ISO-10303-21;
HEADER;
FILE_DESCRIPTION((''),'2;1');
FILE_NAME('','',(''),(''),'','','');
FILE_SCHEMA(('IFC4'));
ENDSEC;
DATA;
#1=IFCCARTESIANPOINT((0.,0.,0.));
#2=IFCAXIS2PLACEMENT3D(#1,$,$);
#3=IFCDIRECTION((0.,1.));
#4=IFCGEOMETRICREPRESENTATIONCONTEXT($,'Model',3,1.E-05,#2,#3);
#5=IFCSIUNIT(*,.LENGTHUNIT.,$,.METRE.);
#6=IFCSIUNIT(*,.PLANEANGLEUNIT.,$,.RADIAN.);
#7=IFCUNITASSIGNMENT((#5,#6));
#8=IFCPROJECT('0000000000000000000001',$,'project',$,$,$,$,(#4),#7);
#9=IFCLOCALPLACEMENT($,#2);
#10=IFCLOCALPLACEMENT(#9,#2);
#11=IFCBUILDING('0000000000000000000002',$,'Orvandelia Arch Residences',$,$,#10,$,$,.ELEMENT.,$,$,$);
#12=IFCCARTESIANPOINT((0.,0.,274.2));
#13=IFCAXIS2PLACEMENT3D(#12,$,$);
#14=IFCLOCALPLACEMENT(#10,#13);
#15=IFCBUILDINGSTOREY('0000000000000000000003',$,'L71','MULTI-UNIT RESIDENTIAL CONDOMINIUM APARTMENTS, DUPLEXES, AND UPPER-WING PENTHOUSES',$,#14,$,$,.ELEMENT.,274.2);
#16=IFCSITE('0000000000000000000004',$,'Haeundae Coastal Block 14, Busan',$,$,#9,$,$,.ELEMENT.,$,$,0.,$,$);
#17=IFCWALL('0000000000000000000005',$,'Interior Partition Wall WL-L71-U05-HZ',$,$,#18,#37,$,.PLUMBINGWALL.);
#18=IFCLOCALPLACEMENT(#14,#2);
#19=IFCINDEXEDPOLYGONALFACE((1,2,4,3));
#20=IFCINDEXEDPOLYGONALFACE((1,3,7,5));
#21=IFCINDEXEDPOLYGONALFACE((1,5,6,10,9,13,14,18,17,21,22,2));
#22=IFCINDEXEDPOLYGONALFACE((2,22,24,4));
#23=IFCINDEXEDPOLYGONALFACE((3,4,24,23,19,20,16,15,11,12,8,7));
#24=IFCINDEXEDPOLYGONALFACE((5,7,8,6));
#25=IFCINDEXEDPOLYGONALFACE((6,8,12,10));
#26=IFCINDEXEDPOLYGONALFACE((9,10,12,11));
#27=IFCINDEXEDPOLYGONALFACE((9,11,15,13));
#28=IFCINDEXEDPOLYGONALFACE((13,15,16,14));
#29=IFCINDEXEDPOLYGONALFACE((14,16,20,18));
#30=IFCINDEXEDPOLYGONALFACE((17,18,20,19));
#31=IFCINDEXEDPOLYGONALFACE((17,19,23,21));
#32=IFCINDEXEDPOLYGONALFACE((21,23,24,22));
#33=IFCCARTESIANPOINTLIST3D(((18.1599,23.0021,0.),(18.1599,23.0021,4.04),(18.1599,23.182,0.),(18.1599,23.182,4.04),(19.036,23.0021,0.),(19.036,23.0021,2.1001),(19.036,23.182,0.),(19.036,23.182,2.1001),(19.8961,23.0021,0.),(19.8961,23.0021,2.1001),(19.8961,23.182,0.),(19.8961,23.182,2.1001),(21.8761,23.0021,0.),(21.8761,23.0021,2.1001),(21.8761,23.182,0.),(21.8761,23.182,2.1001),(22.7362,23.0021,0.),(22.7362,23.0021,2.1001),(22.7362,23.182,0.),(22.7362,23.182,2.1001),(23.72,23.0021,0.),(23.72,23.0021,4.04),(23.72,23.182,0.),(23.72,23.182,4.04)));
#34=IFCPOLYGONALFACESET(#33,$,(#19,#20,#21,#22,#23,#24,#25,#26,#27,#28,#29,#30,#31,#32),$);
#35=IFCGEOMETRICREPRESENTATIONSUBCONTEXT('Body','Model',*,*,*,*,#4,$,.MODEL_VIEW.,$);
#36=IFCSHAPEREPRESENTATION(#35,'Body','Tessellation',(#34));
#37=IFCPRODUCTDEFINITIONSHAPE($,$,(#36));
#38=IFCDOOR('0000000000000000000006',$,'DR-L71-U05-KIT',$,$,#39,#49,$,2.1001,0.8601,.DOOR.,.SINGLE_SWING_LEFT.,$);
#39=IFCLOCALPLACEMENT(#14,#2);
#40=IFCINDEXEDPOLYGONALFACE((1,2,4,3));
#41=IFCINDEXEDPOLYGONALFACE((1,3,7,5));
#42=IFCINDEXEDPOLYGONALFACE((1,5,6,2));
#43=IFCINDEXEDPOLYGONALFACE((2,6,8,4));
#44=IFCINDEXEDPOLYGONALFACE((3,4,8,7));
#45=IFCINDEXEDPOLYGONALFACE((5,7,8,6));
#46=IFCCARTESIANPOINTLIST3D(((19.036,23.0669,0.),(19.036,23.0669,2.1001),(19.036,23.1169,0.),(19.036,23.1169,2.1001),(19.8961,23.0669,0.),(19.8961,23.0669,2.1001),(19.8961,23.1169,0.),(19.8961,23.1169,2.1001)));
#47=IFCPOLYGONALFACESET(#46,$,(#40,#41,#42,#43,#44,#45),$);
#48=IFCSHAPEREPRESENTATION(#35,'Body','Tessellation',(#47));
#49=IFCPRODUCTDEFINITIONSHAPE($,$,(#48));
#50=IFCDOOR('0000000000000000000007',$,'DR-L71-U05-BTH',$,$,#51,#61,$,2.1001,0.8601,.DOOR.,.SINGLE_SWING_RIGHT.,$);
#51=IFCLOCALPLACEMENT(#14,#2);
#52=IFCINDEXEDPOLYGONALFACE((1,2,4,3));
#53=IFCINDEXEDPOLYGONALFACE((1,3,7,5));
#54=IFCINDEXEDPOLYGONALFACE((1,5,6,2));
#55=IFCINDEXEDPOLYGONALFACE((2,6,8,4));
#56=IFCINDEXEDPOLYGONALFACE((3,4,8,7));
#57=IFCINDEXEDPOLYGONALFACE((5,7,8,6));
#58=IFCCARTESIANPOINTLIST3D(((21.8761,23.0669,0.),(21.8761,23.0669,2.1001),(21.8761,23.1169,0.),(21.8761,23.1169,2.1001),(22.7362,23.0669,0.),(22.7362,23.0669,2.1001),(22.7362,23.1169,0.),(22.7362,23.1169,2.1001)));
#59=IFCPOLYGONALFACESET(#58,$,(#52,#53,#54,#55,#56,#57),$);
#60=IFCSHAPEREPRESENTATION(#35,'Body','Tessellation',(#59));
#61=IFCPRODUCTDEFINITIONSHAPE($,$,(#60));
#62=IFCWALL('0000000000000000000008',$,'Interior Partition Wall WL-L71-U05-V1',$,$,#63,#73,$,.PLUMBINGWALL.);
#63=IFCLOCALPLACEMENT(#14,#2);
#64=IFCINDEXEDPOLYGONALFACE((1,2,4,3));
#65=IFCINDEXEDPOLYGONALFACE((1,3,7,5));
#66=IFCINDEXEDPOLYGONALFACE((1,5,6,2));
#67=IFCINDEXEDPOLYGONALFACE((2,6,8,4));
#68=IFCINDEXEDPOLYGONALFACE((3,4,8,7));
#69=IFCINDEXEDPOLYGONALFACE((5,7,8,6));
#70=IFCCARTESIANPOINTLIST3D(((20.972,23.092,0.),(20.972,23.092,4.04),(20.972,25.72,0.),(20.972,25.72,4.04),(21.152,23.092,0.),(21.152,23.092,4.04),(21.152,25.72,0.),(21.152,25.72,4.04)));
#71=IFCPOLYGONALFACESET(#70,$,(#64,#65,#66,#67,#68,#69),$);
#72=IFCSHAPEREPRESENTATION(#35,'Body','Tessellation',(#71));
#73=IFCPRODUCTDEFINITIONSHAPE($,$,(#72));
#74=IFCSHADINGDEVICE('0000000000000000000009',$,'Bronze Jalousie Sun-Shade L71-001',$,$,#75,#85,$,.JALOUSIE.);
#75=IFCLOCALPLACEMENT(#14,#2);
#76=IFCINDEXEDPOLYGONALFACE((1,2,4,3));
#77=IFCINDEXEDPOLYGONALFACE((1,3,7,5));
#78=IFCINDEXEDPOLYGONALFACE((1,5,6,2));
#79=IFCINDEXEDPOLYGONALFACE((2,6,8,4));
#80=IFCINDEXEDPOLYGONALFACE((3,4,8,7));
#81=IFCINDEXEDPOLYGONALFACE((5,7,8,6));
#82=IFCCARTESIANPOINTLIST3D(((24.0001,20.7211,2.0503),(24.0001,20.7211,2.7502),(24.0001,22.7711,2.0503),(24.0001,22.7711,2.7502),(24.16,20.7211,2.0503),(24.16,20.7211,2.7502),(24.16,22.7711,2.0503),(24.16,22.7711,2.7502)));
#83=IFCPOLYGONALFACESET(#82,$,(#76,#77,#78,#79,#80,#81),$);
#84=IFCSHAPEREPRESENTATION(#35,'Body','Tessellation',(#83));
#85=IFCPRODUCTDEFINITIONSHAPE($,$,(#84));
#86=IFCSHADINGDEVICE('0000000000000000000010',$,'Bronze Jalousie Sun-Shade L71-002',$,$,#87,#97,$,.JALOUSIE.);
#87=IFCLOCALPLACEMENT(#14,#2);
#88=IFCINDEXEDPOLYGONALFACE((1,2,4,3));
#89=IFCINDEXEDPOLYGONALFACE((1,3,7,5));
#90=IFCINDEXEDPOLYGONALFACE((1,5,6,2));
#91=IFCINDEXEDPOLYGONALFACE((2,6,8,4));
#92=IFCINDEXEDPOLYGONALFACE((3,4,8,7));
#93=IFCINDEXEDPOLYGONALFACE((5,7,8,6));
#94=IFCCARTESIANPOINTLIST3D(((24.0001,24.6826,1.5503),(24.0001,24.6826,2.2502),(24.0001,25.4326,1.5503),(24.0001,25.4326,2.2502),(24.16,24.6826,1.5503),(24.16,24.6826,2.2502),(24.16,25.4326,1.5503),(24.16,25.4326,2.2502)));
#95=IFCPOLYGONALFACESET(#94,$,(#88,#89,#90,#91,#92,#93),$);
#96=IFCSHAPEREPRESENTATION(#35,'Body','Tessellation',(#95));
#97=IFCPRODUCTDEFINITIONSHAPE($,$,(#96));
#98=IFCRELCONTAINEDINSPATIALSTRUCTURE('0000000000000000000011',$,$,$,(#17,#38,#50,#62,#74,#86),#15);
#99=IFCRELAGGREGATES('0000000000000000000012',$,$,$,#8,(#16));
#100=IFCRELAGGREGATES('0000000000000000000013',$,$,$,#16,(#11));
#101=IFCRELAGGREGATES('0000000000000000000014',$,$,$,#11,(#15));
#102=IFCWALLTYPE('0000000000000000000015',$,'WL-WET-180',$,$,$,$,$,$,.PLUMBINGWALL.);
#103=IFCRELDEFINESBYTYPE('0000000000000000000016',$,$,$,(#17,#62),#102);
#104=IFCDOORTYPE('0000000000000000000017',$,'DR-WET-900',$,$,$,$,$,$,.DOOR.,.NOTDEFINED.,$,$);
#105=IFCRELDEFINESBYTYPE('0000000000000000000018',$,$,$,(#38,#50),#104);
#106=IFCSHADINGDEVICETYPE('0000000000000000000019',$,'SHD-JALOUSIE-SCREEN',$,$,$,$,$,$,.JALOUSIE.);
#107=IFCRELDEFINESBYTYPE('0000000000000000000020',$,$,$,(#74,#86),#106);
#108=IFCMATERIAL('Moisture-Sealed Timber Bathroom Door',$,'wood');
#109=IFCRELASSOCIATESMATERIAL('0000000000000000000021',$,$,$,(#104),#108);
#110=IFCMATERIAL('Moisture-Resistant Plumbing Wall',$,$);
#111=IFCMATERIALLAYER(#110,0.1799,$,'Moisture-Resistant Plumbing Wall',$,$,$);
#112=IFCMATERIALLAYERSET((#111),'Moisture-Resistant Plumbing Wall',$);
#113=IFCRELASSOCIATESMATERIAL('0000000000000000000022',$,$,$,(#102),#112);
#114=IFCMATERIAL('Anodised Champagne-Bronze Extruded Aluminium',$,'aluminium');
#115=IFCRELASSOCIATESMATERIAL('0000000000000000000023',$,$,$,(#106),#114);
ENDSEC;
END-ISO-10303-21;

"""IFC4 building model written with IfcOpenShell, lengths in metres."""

from ifc_helpers import new_model, si_unit, direction, frame, frame_2d, origin, origin_2d, place, context, subcontext, project, spatial, rectangle, extrude, material, layer, layer_set, type_object, element, fill, save


model = new_model("IFC4")

# Units and contexts
model_context = context("Model", 3, precision=1e-05, world=origin(), true_north=direction((0.0, 1.0)))
body_context = subcontext(model_context, "Body", "Model", "MODEL_VIEW")
ifc_project = project(units=[si_unit("LENGTHUNIT", "METRE"), si_unit("PLANEANGLEUNIT", "RADIAN")], contexts=[model_context])

# Site, building, storey
site_placement = place(None, origin())
site = spatial("IfcSite", under=ifc_project, at=site_placement, Name="Haeundae Coastal Block 14, Busan", CompositionType="ELEMENT", RefElevation=0.0)
building_placement = place(site_placement, origin())
building = spatial("IfcBuilding", under=site, at=building_placement, Name="Orvandelia Arch Residences", CompositionType="ELEMENT")
storey_placement = place(building_placement, frame((0.0, 0.0, 274.2)))
storey = spatial("IfcBuildingStorey", under=building, at=storey_placement, Name="L71", Description="MULTI-UNIT RESIDENTIAL CONDOMINIUM APARTMENTS, DUPLEXES, AND UPPER-WING PENTHOUSES", CompositionType="ELEMENT", Elevation=274.2)

# Shared definitions
ifc_material_1 = material(Name="Moisture-Sealed Timber Bathroom Door", Category="wood")
door_type_1 = type_object("IfcDoorType", Name="DR-WET-900", OperationType="NOTDEFINED", PredefinedType="DOOR", material=ifc_material_1)

# Shared definitions
ifc_material_2 = material(Name="Moisture-Resistant Plumbing Wall")
ifc_layer_1 = layer(ifc_material_2, 0.1799, Name="Moisture-Resistant Plumbing Wall")
ifc_layer_set_1 = layer_set([ifc_layer_1], Name="Moisture-Resistant Plumbing Wall")
wall_type_1 = type_object("IfcWallType", Name="WL-WET-180", PredefinedType="PLUMBINGWALL", material=ifc_layer_set_1)

# Wall, openings, doors
wall_1_placement = place(storey_placement, frame((18.1599, 23.092, 0.0), z_axis=(0.0, 0.0, 1.0), x_axis=(1.0, 0.0, 0.0)))
wall_1 = element("IfcWall", 1, at=wall_1_placement, inside=storey, type_object=wall_type_1, Name="Interior Partition Wall WL-L71-U05-HZ", PredefinedType="PLUMBINGWALL", context=body_context, shape_type="SweptSolid", body=[
    extrude(rectangle(XDim=5.5601, YDim=0.1799, at=frame_2d((2.78, 0.0))), origin(), (0.0, 0.0, 1.0), 4.04),
])
opening_1_placement = place(wall_1_placement, frame((0.876, 0.0, 0.0)))
opening_1 = element("IfcOpeningElement", 2, at=opening_1_placement, cuts=wall_1, PredefinedType="OPENING", context=body_context, shape_type="SweptSolid", body=[
    extrude(rectangle(XDim=0.8601, YDim=2.1001, at=frame_2d((0.4302, 1.05))), frame((0.0, 0.1001, 0.0), z_axis=(0.0, -1.0, 0.0), x_axis=(1.0, 0.0, 0.0)), (0.0, 0.0, 1.0), 0.2),
])
opening_2_placement = place(wall_1_placement, frame((3.7161, 0.0, 0.0)))
opening_2 = element("IfcOpeningElement", 3, at=opening_2_placement, cuts=wall_1, PredefinedType="OPENING", context=body_context, shape_type="SweptSolid", body=[
    extrude(rectangle(XDim=0.8601, YDim=2.1001, at=frame_2d((0.4302, 1.05))), frame((0.0, 0.1001, 0.0), z_axis=(0.0, -1.0, 0.0), x_axis=(1.0, 0.0, 0.0)), (0.0, 0.0, 1.0), 0.2),
])
door_1_placement = place(opening_1_placement, origin())
door_1 = element("IfcDoor", 4, at=door_1_placement, inside=storey, type_object=door_type_1, Name="DR-L71-U05-KIT", OperationType="SINGLE_SWING_LEFT", OverallHeight=2.1001, OverallWidth=0.8601, PredefinedType="DOOR", context=body_context, shape_type="SweptSolid", body=[
    extrude(rectangle(XDim=0.8601, YDim=2.1001, at=frame_2d((0.4302, 1.05))), frame((0.0, 0.0249, 0.0), z_axis=(0.0, -1.0, 0.0), x_axis=(1.0, 0.0, 0.0)), (0.0, 0.0, 1.0), 0.05),
])
fill(opening_1, door_1)
door_2_placement = place(opening_2_placement, origin())
door_2 = element("IfcDoor", 5, at=door_2_placement, inside=storey, type_object=door_type_1, Name="DR-L71-U05-BTH", OperationType="SINGLE_SWING_RIGHT", OverallHeight=2.1001, OverallWidth=0.8601, PredefinedType="DOOR", context=body_context, shape_type="SweptSolid", body=[
    extrude(rectangle(XDim=0.8601, YDim=2.1001, at=frame_2d((0.4302, 1.05))), frame((0.0, 0.0249, 0.0), z_axis=(0.0, -1.0, 0.0), x_axis=(1.0, 0.0, 0.0)), (0.0, 0.0, 1.0), 0.05),
])
fill(opening_2, door_2)

# Wall
wall_2_placement = place(storey_placement, frame((21.062, 23.092, 0.0), z_axis=(0.0, 0.0, 1.0), x_axis=(0.0, 1.0, 0.0)))
element("IfcWall", 6, at=wall_2_placement, inside=storey, type_object=wall_type_1, Name="Interior Partition Wall WL-L71-U05-V1", PredefinedType="PLUMBINGWALL", context=body_context, shape_type="SweptSolid", body=[
    extrude(rectangle(XDim=2.6279, YDim=0.1799, at=frame_2d((1.314, 0.0))), origin(), (0.0, 0.0, 1.0), 4.04),
])

# Shading devices
ifc_material_3 = material(Name="Anodised Champagne-Bronze Extruded Aluminium", Category="aluminium")
shading_device_type = type_object("IfcShadingDeviceType", Name="SHD-JALOUSIE-SCREEN", PredefinedType="JALOUSIE", material=ifc_material_3)
shading_device_1_placement = place(storey_placement, frame((24.0801, 21.7461, 2.0503), z_axis=(0.0, 0.0, 1.0), x_axis=(0.0, -1.0, 0.0)))
element("IfcShadingDevice", 7, at=shading_device_1_placement, inside=storey, type_object=shading_device_type, Name="Bronze Jalousie Sun-Shade L71-001", PredefinedType="JALOUSIE", context=body_context, shape_type="SweptSolid", body=[
    extrude(rectangle(XDim=2.05, YDim=0.1599, at=origin_2d()), origin(), (0.0, 0.0, 1.0), 0.7),
])
shading_device_2_placement = place(storey_placement, frame((24.0801, 25.0576, 1.5503), z_axis=(0.0, 0.0, 1.0), x_axis=(0.0, -1.0, 0.0)))
element("IfcShadingDevice", 8, at=shading_device_2_placement, inside=storey, type_object=shading_device_type, Name="Bronze Jalousie Sun-Shade L71-002", PredefinedType="JALOUSIE", context=body_context, shape_type="SweptSolid", body=[
    extrude(rectangle(XDim=0.75, YDim=0.1599, at=origin_2d()), origin(), (0.0, 0.0, 1.0), 0.7),
])

save(model, "model.ifc")
